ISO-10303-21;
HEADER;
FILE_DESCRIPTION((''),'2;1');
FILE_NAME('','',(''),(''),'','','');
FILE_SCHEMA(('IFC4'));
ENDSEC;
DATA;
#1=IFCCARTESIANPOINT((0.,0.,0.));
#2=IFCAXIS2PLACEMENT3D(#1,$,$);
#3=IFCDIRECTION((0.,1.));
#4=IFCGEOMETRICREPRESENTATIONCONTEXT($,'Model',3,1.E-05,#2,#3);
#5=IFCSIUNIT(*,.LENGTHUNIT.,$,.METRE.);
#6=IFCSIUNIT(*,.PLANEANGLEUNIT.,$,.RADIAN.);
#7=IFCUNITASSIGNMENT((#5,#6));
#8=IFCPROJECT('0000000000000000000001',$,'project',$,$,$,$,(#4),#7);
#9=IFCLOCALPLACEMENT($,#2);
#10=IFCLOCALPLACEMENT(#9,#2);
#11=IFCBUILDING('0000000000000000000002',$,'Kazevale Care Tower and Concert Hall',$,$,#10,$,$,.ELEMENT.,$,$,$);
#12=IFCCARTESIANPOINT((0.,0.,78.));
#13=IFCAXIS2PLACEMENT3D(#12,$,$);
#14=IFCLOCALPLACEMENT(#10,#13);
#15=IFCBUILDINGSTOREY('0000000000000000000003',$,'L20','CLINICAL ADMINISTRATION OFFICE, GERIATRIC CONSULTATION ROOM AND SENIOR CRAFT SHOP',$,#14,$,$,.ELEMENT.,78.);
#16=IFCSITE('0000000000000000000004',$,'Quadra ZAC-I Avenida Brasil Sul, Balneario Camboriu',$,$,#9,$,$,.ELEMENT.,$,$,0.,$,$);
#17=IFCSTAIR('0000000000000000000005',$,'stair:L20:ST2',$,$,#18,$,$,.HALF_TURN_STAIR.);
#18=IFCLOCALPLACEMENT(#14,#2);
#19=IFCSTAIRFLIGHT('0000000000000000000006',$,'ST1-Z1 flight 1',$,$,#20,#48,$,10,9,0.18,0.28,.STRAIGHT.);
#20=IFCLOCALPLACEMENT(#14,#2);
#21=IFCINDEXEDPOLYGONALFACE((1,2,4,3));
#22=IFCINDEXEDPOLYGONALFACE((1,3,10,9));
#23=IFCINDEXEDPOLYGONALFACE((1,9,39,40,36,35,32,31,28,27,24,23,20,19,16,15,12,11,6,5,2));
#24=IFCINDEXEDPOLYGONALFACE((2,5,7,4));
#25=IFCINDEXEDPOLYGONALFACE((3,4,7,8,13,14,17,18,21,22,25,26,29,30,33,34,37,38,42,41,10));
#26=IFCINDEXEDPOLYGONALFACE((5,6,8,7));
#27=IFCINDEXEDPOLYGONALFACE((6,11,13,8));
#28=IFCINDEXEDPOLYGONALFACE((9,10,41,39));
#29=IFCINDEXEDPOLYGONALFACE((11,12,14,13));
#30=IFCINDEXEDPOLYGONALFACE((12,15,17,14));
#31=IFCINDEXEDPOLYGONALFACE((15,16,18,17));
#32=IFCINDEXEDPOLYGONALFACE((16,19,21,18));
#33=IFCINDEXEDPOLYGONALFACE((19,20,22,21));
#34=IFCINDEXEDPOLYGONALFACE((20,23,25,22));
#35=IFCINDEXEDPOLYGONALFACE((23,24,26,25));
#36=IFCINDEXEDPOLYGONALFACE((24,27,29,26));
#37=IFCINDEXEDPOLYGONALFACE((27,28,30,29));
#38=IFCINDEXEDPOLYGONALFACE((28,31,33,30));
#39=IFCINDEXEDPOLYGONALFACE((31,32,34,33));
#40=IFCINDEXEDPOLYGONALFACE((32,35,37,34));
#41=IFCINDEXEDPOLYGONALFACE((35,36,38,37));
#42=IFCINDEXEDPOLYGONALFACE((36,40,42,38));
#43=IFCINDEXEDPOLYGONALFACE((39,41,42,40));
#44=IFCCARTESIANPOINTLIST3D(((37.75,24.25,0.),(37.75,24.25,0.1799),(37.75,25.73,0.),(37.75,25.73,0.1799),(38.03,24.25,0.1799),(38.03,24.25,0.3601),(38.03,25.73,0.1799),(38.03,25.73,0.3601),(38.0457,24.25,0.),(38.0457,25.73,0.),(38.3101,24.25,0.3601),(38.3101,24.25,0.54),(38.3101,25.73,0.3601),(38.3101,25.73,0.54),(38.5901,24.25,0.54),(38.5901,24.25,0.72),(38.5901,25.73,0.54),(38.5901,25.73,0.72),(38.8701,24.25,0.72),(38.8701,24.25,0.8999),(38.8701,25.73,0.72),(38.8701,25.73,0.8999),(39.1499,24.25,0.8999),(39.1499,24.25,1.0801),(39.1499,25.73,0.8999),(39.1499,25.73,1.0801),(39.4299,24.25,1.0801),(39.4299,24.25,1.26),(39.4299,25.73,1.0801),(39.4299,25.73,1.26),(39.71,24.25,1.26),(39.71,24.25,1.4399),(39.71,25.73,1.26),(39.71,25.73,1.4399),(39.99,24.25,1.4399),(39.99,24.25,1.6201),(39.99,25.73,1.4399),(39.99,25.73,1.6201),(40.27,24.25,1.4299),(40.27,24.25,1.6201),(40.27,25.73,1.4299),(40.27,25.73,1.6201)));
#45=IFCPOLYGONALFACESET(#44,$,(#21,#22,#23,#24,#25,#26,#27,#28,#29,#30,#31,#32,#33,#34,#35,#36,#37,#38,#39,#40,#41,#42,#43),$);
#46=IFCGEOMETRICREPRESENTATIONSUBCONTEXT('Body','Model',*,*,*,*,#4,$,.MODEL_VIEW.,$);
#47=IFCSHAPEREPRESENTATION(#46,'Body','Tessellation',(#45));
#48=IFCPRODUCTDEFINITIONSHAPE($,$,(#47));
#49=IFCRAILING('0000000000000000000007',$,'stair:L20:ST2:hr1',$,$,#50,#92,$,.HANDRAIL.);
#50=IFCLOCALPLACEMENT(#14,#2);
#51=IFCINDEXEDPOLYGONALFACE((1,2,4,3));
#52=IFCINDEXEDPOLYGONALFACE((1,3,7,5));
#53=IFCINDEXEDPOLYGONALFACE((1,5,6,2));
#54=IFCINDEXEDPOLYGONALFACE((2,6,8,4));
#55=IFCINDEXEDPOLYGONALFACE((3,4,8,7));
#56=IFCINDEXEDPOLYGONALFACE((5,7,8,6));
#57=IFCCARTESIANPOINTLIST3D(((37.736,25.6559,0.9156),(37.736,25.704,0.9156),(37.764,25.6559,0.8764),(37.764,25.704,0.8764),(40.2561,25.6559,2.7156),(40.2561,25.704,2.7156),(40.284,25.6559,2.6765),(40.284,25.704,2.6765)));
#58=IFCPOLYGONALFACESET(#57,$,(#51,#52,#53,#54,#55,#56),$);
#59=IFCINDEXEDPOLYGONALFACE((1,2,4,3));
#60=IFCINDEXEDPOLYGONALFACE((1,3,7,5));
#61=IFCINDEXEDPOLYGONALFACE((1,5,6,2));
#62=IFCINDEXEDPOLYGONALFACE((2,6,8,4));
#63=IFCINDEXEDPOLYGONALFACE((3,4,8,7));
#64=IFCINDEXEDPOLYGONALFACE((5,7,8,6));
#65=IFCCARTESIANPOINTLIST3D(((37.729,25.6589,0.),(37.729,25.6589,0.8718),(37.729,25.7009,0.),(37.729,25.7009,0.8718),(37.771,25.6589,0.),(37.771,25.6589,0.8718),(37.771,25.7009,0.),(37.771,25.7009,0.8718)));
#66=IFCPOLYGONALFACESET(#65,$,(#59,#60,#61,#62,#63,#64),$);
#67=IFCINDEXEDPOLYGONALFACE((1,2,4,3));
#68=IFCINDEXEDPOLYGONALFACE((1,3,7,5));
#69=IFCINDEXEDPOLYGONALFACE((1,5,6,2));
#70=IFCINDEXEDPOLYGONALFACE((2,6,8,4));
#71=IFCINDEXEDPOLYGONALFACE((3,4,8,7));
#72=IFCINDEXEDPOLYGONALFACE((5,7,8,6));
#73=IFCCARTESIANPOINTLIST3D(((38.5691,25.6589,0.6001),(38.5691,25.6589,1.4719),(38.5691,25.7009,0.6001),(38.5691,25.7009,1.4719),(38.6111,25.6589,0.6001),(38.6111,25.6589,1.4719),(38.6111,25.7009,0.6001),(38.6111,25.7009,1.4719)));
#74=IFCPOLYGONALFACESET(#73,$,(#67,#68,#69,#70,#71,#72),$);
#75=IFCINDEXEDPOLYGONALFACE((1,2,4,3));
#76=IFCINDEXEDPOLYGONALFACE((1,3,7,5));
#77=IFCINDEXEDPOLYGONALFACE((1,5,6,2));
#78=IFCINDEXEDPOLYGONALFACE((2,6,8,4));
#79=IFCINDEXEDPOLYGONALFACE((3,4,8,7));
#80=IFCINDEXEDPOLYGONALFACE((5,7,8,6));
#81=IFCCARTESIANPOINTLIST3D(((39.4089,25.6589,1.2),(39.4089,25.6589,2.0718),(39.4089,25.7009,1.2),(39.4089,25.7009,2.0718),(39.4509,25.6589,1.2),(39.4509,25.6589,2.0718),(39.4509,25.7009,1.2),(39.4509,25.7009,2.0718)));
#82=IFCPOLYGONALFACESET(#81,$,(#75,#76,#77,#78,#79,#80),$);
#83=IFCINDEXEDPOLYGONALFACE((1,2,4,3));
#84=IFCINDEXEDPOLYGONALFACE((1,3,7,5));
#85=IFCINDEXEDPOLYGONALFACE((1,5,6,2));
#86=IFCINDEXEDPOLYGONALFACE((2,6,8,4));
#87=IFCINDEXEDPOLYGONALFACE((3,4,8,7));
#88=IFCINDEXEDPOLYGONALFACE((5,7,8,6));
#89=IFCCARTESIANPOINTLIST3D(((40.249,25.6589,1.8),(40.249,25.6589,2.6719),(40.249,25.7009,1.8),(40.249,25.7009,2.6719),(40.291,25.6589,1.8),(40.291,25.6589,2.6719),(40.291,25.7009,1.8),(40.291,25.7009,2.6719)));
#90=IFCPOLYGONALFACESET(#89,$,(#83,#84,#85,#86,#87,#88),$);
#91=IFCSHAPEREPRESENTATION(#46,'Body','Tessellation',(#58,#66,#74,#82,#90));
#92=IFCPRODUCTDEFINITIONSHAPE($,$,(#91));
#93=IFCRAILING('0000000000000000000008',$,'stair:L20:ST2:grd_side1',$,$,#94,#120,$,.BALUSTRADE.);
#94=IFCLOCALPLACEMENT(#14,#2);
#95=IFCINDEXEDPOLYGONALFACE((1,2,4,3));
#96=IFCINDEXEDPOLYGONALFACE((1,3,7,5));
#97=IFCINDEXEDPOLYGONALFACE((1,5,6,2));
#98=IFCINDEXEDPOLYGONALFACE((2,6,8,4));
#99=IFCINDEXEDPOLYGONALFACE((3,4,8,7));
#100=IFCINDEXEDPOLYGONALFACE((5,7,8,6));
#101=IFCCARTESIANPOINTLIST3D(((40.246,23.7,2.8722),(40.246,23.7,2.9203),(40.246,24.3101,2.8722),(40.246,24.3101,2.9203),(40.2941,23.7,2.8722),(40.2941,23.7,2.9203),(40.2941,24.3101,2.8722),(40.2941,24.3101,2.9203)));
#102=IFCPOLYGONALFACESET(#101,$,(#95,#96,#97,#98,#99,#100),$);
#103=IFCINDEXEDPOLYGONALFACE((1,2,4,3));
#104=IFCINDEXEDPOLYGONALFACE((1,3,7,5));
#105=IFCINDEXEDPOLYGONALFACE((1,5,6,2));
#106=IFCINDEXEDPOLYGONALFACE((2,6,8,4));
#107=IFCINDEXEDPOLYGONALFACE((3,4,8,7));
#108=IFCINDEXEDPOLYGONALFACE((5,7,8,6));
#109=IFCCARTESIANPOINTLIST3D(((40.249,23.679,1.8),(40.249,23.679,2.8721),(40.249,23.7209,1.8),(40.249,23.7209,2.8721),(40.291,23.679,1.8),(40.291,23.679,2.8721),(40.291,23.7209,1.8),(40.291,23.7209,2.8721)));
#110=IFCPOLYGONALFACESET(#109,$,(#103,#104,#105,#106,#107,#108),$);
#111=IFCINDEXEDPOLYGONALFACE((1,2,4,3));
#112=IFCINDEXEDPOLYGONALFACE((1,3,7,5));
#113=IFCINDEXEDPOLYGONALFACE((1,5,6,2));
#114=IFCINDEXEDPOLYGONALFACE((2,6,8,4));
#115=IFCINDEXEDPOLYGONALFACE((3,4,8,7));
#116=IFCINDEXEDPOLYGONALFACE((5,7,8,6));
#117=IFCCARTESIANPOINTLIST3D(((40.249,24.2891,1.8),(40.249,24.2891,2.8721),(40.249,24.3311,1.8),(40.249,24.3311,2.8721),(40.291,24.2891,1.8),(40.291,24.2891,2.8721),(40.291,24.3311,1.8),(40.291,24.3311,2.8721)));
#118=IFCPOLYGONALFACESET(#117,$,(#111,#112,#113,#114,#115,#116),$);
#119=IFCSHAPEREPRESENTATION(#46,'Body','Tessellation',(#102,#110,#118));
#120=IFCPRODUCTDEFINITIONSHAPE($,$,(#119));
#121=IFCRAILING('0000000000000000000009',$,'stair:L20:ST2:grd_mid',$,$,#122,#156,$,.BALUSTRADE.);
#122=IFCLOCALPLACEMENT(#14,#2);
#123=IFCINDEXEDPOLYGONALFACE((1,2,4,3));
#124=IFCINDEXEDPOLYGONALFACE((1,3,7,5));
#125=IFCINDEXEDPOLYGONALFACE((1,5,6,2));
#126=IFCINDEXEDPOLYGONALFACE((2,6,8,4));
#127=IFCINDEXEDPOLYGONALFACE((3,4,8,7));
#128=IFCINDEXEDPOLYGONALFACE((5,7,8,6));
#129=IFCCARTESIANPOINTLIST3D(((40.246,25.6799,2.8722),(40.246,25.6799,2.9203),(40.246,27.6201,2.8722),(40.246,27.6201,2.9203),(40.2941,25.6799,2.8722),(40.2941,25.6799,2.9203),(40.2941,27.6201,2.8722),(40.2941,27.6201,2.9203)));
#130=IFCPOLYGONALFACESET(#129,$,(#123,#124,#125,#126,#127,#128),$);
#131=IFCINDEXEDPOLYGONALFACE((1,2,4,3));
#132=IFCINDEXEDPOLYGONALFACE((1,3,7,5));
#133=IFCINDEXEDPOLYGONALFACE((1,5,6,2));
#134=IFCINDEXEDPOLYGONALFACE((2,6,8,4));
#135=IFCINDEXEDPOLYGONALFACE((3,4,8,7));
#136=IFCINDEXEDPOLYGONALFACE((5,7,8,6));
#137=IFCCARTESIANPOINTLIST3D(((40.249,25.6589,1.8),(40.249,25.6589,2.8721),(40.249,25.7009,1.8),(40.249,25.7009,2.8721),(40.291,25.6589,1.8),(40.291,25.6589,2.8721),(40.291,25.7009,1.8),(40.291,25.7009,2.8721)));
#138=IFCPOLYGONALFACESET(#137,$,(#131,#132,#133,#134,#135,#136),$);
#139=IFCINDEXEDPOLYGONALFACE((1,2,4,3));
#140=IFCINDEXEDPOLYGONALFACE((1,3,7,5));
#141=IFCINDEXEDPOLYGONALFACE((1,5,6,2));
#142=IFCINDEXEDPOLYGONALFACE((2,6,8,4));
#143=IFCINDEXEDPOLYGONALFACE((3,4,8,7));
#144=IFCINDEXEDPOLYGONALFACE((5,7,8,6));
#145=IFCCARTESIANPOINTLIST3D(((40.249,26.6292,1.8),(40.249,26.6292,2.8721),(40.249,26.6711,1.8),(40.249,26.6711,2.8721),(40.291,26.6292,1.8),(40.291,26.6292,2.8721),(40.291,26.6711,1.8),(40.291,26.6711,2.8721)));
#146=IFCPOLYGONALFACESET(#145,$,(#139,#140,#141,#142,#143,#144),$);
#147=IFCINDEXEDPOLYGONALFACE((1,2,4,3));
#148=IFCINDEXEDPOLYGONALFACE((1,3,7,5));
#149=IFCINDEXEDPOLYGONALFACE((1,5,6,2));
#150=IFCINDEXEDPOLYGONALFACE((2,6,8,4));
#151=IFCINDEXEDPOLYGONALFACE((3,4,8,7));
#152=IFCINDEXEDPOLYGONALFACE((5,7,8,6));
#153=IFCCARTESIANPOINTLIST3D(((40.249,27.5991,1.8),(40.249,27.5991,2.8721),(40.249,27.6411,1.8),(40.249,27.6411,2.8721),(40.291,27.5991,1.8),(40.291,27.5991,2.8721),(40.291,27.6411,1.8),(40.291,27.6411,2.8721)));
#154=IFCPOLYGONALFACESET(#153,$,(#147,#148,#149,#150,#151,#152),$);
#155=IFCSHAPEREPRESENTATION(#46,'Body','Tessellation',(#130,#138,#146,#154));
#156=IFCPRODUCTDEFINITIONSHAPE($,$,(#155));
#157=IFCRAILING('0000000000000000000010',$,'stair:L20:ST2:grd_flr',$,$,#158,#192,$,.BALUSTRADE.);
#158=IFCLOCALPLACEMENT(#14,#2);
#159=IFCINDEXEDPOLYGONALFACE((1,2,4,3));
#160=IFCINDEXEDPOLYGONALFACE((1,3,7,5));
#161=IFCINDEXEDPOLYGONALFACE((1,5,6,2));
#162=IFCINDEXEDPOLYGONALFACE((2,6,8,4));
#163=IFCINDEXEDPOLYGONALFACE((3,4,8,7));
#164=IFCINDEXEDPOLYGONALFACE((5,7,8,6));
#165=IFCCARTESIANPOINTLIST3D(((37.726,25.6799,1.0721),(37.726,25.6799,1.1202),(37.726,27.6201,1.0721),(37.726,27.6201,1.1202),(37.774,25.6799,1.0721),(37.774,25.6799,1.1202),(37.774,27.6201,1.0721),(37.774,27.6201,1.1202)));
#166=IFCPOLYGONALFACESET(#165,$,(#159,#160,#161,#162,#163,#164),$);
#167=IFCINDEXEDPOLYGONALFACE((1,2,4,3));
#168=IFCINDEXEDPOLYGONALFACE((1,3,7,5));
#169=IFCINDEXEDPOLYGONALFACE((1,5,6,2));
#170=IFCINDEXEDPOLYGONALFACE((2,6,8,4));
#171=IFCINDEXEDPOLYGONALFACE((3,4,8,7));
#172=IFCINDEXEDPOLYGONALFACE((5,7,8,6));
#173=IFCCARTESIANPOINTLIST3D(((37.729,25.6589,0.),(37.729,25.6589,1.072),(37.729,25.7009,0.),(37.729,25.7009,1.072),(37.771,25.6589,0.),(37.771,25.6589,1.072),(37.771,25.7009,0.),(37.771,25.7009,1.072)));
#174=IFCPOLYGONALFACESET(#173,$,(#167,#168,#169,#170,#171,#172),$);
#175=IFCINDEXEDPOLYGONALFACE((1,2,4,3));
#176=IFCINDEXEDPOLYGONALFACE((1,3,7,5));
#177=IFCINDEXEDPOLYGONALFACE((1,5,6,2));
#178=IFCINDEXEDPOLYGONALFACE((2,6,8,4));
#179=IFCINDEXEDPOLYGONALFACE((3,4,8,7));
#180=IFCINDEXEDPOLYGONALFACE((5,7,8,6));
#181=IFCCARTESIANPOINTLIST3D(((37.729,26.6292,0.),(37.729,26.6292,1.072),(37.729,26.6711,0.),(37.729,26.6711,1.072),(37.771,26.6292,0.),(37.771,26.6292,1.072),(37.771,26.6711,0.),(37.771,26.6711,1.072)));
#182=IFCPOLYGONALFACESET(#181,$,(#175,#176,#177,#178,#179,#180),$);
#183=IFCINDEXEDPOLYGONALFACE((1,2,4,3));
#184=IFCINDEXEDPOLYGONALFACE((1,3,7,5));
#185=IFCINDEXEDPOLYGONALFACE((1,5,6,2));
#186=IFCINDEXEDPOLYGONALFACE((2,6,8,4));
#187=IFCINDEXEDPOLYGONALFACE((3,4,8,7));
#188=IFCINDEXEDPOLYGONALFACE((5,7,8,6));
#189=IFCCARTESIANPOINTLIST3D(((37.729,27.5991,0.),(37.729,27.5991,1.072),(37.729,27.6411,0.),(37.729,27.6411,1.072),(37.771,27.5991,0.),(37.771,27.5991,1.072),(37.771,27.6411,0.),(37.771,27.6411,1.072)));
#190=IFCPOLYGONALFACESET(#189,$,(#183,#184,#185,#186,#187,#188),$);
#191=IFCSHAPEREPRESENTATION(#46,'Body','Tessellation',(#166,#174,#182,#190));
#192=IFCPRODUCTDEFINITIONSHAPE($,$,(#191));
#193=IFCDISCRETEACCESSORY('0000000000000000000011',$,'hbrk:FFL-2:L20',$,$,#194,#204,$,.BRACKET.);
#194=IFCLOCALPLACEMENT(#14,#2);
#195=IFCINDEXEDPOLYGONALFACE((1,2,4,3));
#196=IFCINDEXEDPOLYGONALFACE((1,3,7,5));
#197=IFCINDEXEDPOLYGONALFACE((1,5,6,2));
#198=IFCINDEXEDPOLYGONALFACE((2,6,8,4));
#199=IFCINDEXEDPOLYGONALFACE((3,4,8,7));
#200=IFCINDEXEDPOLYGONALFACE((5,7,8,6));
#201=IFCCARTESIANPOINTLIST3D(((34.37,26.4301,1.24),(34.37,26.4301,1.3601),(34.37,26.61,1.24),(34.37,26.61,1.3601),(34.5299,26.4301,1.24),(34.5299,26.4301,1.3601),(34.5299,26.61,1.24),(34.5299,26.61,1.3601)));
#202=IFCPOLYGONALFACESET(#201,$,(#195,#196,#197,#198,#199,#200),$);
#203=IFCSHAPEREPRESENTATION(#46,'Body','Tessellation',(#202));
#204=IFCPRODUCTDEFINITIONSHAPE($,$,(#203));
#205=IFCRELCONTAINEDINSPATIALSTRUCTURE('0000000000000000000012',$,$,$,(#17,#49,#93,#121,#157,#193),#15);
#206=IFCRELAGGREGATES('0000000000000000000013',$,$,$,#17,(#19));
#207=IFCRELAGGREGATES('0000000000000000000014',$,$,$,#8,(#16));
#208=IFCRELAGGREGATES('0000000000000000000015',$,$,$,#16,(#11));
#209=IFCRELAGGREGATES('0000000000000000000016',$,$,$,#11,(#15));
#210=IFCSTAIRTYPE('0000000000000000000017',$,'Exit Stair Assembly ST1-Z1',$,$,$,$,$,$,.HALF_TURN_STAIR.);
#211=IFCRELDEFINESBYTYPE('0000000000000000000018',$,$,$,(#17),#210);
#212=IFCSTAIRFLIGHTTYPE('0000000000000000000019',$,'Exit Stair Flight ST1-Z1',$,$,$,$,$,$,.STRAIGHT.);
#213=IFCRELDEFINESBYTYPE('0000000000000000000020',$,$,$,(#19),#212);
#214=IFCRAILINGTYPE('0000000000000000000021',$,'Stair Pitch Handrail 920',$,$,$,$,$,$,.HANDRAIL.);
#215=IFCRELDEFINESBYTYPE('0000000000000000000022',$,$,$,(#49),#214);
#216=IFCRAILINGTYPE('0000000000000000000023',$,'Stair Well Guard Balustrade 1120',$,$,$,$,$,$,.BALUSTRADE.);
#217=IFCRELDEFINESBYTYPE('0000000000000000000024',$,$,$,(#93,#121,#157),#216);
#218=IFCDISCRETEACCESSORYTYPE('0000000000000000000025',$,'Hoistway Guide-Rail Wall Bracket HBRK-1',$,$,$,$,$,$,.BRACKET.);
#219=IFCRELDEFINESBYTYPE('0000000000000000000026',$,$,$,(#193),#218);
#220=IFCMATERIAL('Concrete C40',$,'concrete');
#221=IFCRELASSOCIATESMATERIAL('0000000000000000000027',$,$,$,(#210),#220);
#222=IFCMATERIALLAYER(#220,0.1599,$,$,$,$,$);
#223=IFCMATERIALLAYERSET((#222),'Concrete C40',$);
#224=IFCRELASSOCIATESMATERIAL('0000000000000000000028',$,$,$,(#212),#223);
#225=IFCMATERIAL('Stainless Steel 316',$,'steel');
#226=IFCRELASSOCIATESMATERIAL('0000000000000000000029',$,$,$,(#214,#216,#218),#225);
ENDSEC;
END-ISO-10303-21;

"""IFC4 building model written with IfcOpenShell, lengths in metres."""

from ifc_helpers import new_model, si_unit, direction, frame, origin, origin_2d, place, context, subcontext, project, spatial, polyline, rectangle, outline, extrude, material, layer, layer_set, type_object, element, aggregate, save


model = new_model("IFC4")

# Units and contexts
model_context = context("Model", 3, precision=1e-05, world=origin(), true_north=direction((0.0, 1.0)))
body_context = subcontext(model_context, "Body", "Model", "MODEL_VIEW")
ifc_project = project(units=[si_unit("LENGTHUNIT", "METRE"), si_unit("PLANEANGLEUNIT", "RADIAN")], contexts=[model_context])

# Site, building, storey
site_placement = place(None, origin())
site = spatial("IfcSite", under=ifc_project, at=site_placement, Name="Quadra ZAC-I Avenida Brasil Sul, Balneario Camboriu", CompositionType="ELEMENT", RefElevation=0.0)
building_placement = place(site_placement, origin())
building = spatial("IfcBuilding", under=site, at=building_placement, Name="Kazevale Care Tower and Concert Hall", CompositionType="ELEMENT")
storey_placement = place(building_placement, frame((0.0, 0.0, 78.0)))
storey = spatial("IfcBuildingStorey", under=building, at=storey_placement, Name="L20", Description="CLINICAL ADMINISTRATION OFFICE, GERIATRIC CONSULTATION ROOM AND SENIOR CRAFT SHOP", CompositionType="ELEMENT", Elevation=78.0)

# Shared definitions
ifc_material_1 = material(Name="Concrete C40", Category="concrete")

# Stair, stair flight
stair_type = type_object("IfcStairType", Name="Exit Stair Assembly ST1-Z1", PredefinedType="HALF_TURN_STAIR", material=ifc_material_1)
stair_placement = place(storey_placement, origin())
stair = element("IfcStair", 1, at=stair_placement, inside=storey, type_object=stair_type, Name="stair:L20:ST2", PredefinedType="HALF_TURN_STAIR")
ifc_layer_1 = layer(ifc_material_1, 0.1599)
ifc_layer_set_1 = layer_set([ifc_layer_1], Name="Concrete C40")
stair_flight_type = type_object("IfcStairFlightType", Name="Exit Stair Flight ST1-Z1", PredefinedType="STRAIGHT", material=ifc_layer_set_1)
stair_flight_placement = place(storey_placement, frame((37.75, 24.99, 0.0), z_axis=(0.0, 0.0, 1.0), x_axis=(1.0, 0.0, 0.0)))
stair_flight = element("IfcStairFlight", 2, at=stair_flight_placement, type_object=stair_flight_type, Name="ST1-Z1 flight 1", NumberOfRisers=10, NumberOfTreads=9, PredefinedType="STRAIGHT", RiserHeight=0.18, TreadLength=0.28, context=body_context, shape_type="SweptSolid", body=[
    extrude(outline(polyline([(0.0, 0.0), (0.0, 0.1799), (0.28, 0.1799), (0.28, 0.3601), (0.5601, 0.3601), (0.5601, 0.54), (0.8401, 0.54), (0.8401, 0.72), (1.1201, 0.72), (1.1201, 0.8999), (1.3999, 0.8999), (1.3999, 1.0801), (1.6799, 1.0801), (1.6799, 1.26), (1.96, 1.26), (1.96, 1.4399), (2.24, 1.4399), (2.24, 1.6201), (2.52, 1.6201), (2.52, 1.8), (2.52, 1.4299), (0.2957, 0.0), (0.0, 0.0)])), frame((0.0, 0.74, 0.0), z_axis=(0.0, -1.0, 0.0), x_axis=(1.0, 0.0, 0.0)), (0.0, 0.0, 1.0), 1.48),
])
aggregate(stair, [stair_flight])

# Railings
ifc_material_2 = material(Name="Stainless Steel 316", Category="steel")
railing_type_1 = type_object("IfcRailingType", Name="Stair Pitch Handrail 920", PredefinedType="HANDRAIL", material=ifc_material_2)
railing_1_placement = place(storey_placement, frame((37.75, 25.6799, 0.0)))
element("IfcRailing", 3, at=railing_1_placement, inside=storey, type_object=railing_type_1, Name="stair:L20:ST2:hr1", PredefinedType="HANDRAIL", context=body_context, shape_type="SweptSolid", body=[
    extrude(rectangle(XDim=0.0481, YDim=0.0481, at=origin_2d()), frame((0.0, 0.0, 0.896), z_axis=(0.813728, 0.0, 0.581246), x_axis=(0.0, 1.0, 0.0)), (0.0, 0.0, 1.0), 3.0969),
    extrude(rectangle(XDim=0.042, YDim=0.042, at=origin_2d()), origin(), (0.0, 0.0, 1.0), 0.8718),
    extrude(rectangle(XDim=0.042, YDim=0.042, at=origin_2d()), frame((0.8401, 0.0, 0.6001)), (0.0, 0.0, 1.0), 0.8718),
    extrude(rectangle(XDim=0.042, YDim=0.042, at=origin_2d()), frame((1.6799, 0.0, 1.2)), (0.0, 0.0, 1.0), 0.8718),
    extrude(rectangle(XDim=0.042, YDim=0.042, at=origin_2d()), frame((2.52, 0.0, 1.8)), (0.0, 0.0, 1.0), 0.8718),
])
railing_type_2 = type_object("IfcRailingType", Name="Stair Well Guard Balustrade 1120", PredefinedType="BALUSTRADE", material=ifc_material_2)
railing_2_placement = place(storey_placement, frame((40.27, 23.7, 1.8)))
element("IfcRailing", 4, at=railing_2_placement, inside=storey, type_object=railing_type_2, Name="stair:L20:ST2:grd_side1", PredefinedType="BALUSTRADE", context=body_context, shape_type="SweptSolid", body=[
    extrude(rectangle(XDim=0.0481, YDim=0.0481, at=origin_2d()), frame((0.0, 0.0, 1.0962), z_axis=(0.0, 1.0, 0.0), x_axis=(-1.0, 0.0, 0.0)), (0.0, 0.0, 1.0), 0.6101),
    extrude(rectangle(XDim=0.042, YDim=0.042, at=origin_2d()), origin(), (0.0, 0.0, 1.0), 1.072),
    extrude(rectangle(XDim=0.042, YDim=0.042, at=origin_2d()), frame((0.0, 0.6101, 0.0)), (0.0, 0.0, 1.0), 1.072),
])
for number, where, name in (
    (5, (40.27, 25.6799, 1.8), "stair:L20:ST2:grd_mid"),
    (6, (37.75, 25.6799, 0.0), "stair:L20:ST2:grd_flr"),
):
    element("IfcRailing", number, at=place(storey_placement, frame(where)), inside=storey, type_object=railing_type_2, Name=name, PredefinedType="BALUSTRADE", context=body_context, shape_type="SweptSolid", body=[
        extrude(rectangle(XDim=0.0481, YDim=0.0481, at=origin_2d()), frame((0.0, 0.0, 1.0962), z_axis=(0.0, 1.0, 0.0), x_axis=(-1.0, 0.0, 0.0)), (0.0, 0.0, 1.0), 1.9402),
        extrude(rectangle(XDim=0.042, YDim=0.042, at=origin_2d()), origin(), (0.0, 0.0, 1.0), 1.072),
        extrude(rectangle(XDim=0.042, YDim=0.042, at=origin_2d()), frame((0.0, 0.9702, 0.0)), (0.0, 0.0, 1.0), 1.072),
        extrude(rectangle(XDim=0.042, YDim=0.042, at=origin_2d()), frame((0.0, 1.9402, 0.0)), (0.0, 0.0, 1.0), 1.072),
    ])

# Discrete accessory
discrete_accessory_type = type_object("IfcDiscreteAccessoryType", Name="Hoistway Guide-Rail Wall Bracket HBRK-1", PredefinedType="BRACKET", material=ifc_material_2)
discrete_accessory_placement = place(storey_placement, frame((34.45, 26.52, 1.24), z_axis=(0.0, 0.0, 1.0), x_axis=(1.0, 0.0, 0.0)))
element("IfcDiscreteAccessory", 7, at=discrete_accessory_placement, inside=storey, type_object=discrete_accessory_type, Name="hbrk:FFL-2:L20", PredefinedType="BRACKET", context=body_context, shape_type="SweptSolid", body=[
    extrude(rectangle(XDim=0.1599, YDim=0.1799, at=origin_2d()), origin(), (0.0, 0.0, 1.0), 0.1201),
])

save(model, "model.ifc")
